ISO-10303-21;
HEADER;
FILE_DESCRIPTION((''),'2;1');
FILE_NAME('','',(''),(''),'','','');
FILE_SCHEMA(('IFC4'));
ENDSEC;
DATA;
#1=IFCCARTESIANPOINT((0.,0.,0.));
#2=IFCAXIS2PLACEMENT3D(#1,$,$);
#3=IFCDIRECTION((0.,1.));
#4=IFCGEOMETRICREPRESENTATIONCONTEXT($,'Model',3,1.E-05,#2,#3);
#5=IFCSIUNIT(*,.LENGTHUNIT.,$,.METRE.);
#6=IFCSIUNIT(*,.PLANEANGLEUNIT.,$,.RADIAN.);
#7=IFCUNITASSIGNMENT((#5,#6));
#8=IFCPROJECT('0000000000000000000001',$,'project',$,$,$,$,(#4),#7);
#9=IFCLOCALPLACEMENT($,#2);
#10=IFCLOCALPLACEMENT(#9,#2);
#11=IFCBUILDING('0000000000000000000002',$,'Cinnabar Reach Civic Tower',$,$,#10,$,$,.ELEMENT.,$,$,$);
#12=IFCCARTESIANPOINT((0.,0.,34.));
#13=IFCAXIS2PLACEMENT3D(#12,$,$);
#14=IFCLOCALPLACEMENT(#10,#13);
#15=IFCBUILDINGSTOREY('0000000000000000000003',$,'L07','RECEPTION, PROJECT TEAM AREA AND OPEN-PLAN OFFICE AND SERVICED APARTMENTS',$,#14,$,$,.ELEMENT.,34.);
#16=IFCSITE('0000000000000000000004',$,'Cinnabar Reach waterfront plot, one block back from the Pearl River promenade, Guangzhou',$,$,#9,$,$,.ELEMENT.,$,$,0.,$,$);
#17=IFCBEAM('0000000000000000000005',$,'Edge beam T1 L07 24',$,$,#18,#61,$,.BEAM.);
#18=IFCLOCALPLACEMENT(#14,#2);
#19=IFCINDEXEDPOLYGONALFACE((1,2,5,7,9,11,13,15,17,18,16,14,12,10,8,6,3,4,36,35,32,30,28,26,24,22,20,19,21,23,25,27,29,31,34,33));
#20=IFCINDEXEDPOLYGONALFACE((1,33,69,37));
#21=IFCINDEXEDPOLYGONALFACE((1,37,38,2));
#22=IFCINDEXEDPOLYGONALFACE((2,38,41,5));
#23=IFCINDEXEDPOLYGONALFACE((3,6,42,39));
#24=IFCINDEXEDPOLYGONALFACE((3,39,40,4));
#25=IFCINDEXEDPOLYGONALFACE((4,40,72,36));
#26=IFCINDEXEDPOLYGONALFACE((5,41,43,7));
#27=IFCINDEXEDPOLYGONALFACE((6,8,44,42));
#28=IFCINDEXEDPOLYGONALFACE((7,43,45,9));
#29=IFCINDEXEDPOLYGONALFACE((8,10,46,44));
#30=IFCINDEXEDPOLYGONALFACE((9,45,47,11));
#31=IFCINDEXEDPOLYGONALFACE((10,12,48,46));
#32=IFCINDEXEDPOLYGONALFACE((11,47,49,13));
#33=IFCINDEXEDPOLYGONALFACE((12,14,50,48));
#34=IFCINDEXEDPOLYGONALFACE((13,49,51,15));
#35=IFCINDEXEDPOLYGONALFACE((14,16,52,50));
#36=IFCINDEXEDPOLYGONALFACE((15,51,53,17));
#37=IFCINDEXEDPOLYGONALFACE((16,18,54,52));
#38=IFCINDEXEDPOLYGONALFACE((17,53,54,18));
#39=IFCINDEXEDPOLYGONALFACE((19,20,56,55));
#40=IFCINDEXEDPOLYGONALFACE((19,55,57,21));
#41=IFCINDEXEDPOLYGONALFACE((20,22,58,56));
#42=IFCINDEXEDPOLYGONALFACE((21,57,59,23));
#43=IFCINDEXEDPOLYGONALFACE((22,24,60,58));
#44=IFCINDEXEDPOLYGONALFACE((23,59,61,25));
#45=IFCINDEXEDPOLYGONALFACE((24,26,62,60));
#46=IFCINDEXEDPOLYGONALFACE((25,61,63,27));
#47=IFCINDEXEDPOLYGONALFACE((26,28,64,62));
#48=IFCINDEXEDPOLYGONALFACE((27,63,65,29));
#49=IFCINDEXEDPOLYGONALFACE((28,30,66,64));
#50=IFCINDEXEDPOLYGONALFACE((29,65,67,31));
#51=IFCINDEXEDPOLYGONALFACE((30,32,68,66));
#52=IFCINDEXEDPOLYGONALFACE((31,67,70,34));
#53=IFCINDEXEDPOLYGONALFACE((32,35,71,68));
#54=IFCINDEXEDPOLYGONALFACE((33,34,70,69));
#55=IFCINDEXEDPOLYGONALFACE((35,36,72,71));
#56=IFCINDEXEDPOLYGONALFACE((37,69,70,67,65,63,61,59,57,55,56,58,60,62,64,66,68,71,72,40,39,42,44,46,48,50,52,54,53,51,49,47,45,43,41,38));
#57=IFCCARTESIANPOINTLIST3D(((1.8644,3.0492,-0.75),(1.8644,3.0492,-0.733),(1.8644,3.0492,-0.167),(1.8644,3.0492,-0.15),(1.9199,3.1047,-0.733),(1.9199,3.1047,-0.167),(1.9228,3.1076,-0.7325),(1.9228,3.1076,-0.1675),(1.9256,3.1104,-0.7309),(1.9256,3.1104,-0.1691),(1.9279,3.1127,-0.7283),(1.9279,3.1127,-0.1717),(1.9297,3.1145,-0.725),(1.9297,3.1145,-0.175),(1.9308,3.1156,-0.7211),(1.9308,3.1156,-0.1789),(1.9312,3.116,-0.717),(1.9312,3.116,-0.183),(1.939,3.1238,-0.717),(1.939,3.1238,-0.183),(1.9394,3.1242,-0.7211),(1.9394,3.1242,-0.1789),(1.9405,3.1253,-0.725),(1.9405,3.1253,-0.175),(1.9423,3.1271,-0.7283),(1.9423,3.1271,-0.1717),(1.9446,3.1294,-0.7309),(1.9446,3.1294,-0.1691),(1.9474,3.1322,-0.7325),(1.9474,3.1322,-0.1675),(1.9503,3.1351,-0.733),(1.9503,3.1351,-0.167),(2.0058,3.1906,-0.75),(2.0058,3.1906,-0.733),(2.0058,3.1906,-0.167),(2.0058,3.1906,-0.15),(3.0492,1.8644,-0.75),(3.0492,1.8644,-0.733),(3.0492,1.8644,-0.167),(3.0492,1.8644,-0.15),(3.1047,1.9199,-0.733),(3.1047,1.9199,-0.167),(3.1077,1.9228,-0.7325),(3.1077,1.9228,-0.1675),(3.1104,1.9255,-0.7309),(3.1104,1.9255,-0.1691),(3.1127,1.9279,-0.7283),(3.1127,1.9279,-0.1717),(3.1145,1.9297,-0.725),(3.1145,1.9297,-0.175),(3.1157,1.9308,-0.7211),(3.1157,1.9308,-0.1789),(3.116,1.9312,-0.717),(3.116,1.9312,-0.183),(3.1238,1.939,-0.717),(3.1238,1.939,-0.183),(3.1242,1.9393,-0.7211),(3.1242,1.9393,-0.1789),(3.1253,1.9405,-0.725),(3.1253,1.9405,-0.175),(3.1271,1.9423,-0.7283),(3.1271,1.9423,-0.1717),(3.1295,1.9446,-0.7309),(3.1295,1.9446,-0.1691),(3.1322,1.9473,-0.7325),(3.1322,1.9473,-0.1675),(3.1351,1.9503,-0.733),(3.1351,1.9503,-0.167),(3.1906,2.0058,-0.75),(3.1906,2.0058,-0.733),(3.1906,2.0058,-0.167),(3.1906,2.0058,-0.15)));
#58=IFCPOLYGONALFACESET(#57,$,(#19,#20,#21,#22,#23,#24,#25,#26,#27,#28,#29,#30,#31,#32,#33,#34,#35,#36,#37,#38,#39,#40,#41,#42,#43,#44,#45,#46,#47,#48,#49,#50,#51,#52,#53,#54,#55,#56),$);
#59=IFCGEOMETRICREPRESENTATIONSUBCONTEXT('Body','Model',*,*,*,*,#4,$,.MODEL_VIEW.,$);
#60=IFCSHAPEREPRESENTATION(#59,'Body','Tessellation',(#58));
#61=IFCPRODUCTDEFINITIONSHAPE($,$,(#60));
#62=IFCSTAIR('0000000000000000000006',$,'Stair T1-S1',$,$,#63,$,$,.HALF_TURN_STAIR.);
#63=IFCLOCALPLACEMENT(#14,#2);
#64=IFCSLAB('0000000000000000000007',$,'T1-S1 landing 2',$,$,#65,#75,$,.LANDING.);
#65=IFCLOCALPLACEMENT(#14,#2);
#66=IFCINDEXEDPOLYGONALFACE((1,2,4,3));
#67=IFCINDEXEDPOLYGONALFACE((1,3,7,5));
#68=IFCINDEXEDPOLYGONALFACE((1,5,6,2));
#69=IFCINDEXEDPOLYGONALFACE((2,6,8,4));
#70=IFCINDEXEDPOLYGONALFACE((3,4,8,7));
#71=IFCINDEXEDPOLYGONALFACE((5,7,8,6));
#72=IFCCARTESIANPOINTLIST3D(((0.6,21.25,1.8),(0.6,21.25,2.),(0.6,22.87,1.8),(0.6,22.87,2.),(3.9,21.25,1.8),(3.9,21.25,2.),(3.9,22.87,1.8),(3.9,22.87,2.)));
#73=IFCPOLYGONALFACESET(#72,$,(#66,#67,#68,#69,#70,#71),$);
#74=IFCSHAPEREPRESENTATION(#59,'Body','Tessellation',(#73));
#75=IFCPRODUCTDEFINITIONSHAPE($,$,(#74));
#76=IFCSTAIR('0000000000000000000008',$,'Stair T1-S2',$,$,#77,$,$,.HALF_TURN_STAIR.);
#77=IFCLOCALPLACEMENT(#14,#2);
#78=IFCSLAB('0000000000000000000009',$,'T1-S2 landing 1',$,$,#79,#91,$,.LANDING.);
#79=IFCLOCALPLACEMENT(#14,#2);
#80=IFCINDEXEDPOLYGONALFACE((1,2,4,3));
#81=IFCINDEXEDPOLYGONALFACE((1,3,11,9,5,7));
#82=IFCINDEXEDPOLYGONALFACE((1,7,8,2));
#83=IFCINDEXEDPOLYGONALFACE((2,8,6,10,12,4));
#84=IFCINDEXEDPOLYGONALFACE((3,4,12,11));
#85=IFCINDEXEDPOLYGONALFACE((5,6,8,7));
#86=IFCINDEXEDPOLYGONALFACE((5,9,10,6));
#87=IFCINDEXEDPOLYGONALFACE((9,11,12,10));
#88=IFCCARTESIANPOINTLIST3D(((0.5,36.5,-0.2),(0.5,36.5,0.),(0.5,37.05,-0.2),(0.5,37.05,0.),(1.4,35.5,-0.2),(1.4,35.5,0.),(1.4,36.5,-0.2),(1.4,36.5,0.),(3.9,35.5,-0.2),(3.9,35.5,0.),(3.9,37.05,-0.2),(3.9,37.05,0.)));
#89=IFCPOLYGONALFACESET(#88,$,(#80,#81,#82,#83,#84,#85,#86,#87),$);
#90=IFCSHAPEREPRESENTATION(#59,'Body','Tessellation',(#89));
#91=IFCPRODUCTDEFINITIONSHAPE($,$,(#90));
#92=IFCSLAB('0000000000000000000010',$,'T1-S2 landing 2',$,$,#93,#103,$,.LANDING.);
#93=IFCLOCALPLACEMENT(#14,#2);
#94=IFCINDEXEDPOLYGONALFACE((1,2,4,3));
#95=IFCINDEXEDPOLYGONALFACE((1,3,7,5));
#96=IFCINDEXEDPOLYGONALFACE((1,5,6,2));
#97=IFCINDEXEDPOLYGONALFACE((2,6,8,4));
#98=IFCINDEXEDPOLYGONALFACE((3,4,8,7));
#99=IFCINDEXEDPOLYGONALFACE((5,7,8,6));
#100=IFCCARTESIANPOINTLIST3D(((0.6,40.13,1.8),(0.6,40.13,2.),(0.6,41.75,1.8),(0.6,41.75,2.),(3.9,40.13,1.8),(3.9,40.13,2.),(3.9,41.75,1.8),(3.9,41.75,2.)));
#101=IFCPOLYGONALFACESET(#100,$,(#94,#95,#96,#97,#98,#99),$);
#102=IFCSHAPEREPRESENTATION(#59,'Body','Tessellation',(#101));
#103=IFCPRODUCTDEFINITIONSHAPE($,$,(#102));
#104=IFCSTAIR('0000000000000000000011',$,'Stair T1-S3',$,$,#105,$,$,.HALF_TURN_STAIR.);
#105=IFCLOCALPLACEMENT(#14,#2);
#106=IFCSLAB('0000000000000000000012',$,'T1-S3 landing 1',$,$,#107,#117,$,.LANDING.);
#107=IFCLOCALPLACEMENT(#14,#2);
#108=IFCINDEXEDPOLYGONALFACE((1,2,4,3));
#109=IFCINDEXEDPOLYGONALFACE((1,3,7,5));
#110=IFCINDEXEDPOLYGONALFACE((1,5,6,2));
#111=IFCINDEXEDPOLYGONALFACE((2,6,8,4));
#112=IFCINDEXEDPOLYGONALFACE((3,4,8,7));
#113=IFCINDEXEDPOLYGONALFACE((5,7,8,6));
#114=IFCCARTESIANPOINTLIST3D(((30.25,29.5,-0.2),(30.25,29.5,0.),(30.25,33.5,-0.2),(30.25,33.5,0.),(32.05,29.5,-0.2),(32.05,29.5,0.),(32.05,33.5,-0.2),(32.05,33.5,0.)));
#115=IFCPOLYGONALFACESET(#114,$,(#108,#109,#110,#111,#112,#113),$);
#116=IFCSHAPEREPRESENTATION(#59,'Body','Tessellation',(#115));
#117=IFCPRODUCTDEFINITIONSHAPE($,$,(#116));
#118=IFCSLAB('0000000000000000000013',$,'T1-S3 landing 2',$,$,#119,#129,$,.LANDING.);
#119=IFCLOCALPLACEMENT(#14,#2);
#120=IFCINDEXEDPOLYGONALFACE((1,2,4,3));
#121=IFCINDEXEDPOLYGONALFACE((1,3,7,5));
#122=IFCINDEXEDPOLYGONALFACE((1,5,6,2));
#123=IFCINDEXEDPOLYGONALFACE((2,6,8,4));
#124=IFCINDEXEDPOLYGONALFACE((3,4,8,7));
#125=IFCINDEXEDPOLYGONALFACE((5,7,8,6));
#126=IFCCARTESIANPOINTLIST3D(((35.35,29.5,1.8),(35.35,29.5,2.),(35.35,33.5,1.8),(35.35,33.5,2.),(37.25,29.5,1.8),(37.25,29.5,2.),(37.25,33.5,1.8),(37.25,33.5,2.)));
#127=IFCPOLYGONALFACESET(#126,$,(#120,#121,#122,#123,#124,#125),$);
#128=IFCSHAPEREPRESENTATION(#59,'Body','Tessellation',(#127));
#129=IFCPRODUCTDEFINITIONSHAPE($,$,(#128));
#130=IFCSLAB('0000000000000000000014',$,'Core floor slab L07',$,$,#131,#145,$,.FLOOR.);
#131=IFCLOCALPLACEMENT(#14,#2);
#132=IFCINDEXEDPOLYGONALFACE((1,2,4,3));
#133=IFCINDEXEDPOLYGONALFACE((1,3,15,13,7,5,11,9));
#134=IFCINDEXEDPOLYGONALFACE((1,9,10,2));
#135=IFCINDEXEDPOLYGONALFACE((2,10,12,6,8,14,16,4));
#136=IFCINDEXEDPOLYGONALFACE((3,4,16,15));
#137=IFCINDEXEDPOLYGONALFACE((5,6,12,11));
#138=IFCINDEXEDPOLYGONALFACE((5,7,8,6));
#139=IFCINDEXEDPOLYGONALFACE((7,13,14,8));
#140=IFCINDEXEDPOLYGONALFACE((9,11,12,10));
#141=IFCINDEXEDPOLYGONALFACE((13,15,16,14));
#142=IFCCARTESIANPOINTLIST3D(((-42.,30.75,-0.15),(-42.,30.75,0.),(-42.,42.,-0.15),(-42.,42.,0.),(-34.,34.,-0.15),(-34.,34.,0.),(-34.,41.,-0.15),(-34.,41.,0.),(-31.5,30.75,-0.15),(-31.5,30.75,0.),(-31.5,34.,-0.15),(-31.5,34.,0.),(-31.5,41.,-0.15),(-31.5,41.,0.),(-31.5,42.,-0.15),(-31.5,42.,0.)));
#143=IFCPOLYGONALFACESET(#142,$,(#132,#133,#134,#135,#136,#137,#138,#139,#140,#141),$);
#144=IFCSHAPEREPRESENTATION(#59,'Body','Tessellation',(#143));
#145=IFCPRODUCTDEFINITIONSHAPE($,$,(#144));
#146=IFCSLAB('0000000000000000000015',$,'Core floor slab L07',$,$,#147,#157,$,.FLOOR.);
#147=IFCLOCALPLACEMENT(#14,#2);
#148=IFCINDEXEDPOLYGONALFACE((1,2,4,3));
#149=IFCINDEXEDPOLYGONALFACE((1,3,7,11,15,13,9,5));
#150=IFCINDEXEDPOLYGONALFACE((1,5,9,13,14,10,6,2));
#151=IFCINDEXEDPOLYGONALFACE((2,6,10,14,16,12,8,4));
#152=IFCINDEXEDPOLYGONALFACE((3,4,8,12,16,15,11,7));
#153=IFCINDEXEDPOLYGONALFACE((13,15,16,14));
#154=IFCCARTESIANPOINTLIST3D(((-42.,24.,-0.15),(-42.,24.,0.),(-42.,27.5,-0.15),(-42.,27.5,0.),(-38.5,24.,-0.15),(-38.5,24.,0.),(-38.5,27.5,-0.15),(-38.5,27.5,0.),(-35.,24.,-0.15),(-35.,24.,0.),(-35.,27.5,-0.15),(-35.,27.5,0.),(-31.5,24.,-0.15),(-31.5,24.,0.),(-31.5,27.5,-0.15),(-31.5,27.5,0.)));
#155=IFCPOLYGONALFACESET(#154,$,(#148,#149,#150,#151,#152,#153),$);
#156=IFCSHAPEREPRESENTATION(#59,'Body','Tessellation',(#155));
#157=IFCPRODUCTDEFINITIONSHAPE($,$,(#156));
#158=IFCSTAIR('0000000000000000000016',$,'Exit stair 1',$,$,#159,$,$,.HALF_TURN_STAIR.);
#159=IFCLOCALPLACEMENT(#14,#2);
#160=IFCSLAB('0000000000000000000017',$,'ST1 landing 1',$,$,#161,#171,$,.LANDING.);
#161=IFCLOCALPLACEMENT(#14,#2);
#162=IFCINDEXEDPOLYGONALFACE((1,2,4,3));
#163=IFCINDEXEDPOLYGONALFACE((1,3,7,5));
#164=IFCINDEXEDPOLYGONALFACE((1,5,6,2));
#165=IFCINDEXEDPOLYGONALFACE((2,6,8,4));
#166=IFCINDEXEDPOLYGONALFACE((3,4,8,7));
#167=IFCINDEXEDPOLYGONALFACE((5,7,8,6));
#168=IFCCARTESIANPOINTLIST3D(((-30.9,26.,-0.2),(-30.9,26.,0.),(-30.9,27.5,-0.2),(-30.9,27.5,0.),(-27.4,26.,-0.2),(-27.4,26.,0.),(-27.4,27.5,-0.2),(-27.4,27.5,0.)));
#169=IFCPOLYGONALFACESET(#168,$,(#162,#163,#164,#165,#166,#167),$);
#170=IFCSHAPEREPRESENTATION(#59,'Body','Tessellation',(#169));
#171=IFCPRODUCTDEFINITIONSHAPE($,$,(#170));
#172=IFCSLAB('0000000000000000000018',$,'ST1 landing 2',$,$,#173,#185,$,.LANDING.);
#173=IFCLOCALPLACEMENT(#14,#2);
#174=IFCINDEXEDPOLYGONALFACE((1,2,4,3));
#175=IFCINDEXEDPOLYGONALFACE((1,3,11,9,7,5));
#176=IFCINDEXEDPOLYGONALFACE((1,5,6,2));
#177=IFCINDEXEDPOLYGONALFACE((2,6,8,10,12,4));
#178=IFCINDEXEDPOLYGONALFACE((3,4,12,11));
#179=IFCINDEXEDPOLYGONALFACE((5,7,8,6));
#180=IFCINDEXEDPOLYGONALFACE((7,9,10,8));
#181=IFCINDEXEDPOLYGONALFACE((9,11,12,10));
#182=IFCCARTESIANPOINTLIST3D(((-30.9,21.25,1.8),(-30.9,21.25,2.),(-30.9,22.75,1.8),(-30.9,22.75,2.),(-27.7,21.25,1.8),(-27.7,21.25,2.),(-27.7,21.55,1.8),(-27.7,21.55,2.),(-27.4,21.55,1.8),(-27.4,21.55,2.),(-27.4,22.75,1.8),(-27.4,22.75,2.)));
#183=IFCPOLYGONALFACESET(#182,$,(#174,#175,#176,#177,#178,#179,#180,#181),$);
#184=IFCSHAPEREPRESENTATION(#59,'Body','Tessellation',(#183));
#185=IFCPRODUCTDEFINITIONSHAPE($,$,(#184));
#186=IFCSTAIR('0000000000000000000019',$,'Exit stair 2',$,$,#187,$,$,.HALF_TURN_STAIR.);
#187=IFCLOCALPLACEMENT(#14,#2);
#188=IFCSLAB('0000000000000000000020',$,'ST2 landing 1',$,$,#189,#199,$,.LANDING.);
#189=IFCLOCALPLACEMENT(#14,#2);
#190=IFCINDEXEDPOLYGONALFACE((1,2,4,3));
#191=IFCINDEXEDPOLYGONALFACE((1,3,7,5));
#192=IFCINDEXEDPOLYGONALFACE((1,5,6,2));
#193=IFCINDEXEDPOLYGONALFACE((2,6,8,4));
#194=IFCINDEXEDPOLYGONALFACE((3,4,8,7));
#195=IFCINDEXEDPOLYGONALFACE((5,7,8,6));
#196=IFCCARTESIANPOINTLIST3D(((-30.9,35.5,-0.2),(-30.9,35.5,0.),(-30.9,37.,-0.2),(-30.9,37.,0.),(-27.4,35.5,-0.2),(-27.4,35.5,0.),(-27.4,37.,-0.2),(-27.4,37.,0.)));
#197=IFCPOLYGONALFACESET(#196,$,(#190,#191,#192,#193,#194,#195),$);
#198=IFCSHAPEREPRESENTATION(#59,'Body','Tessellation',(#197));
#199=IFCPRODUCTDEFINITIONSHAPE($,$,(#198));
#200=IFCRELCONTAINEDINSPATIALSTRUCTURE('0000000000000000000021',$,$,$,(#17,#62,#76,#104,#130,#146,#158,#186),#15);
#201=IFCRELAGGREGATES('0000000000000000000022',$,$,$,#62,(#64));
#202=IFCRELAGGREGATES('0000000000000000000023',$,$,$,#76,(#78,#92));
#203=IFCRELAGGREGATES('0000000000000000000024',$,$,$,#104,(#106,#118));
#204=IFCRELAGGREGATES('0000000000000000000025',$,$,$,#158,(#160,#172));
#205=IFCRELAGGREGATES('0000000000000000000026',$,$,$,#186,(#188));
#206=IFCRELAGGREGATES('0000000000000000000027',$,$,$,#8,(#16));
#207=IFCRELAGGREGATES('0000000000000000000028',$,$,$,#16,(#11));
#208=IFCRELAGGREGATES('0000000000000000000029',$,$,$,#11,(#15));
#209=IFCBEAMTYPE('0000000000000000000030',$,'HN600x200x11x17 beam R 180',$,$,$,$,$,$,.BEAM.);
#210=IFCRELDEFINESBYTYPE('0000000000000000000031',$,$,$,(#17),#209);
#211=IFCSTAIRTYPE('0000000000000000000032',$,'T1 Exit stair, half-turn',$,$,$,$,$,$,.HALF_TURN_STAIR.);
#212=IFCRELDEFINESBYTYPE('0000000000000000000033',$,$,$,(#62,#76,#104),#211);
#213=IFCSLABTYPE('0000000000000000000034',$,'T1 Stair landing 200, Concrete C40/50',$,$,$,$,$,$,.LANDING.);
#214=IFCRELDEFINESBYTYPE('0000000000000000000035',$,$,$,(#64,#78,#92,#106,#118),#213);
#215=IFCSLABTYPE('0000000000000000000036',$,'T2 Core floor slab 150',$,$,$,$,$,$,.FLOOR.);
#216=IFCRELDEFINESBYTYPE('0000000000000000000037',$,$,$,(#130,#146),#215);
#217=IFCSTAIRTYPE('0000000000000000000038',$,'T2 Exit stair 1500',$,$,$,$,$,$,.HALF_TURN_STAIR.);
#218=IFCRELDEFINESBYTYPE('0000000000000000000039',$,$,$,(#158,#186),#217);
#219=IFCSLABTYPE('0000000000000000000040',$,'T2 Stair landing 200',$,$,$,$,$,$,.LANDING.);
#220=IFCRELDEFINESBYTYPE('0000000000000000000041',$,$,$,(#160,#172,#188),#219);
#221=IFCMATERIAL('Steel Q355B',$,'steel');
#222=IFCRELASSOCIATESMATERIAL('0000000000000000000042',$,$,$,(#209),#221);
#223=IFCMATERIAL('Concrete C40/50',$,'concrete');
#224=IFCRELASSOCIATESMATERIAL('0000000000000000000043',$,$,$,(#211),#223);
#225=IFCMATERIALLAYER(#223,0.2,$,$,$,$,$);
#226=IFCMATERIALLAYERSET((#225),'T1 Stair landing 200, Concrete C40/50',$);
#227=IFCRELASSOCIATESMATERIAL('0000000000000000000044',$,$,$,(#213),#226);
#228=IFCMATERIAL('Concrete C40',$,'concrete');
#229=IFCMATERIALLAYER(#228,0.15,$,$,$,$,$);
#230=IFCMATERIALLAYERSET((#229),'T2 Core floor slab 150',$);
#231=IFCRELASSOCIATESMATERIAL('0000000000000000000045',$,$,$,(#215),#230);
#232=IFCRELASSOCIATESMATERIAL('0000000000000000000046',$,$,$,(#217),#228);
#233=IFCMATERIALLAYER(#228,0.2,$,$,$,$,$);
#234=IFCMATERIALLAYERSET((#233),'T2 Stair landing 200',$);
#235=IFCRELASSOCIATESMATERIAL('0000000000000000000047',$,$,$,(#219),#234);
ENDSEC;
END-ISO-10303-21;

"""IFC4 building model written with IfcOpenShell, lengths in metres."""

from ifc_helpers import new_model, si_unit, direction, frame, origin, origin_2d, place, context, subcontext, project, spatial, polyline, i_section, outline, extrude, material, layer, layer_set, material_profile, profile_set, type_object, element, aggregate, save


model = new_model("IFC4")

# Units and contexts
model_context = context("Model", 3, precision=1e-05, world=origin(), true_north=direction((0.0, 1.0)))
body_context = subcontext(model_context, "Body", "Model", "MODEL_VIEW")
ifc_project = project(units=[si_unit("LENGTHUNIT", "METRE"), si_unit("PLANEANGLEUNIT", "RADIAN")], contexts=[model_context])

# Site, building, storey
site_placement = place(None, origin())
site = spatial("IfcSite", under=ifc_project, at=site_placement, Name="Cinnabar Reach waterfront plot, one block back from the Pearl River promenade, Guangzhou", CompositionType="ELEMENT", RefElevation=0.0)
building_placement = place(site_placement, origin())
building = spatial("IfcBuilding", under=site, at=building_placement, Name="Cinnabar Reach Civic Tower", CompositionType="ELEMENT")
storey_placement = place(building_placement, frame((0.0, 0.0, 34.0)))
storey = spatial("IfcBuildingStorey", under=building, at=storey_placement, Name="L07", Description="RECEPTION, PROJECT TEAM AREA AND OPEN-PLAN OFFICE AND SERVICED APARTMENTS", CompositionType="ELEMENT", Elevation=34.0)

# Beam
ifc_material_1 = material(Name="Steel Q355B", Category="steel")
ifc_material_profile = material_profile(ifc_material_1, i_section(OverallWidth=0.2, OverallDepth=0.6, WebThickness=0.011, FlangeThickness=0.017, FilletRadius=0.016, at=origin_2d()), Name="HN600x200x11x17")
ifc_profile_set = profile_set([ifc_material_profile], Name="Steel Q355B")
beam_type = type_object("IfcBeamType", Name="HN600x200x11x17 beam R 180", PredefinedType="BEAM", material=ifc_profile_set)
beam_placement = place(storey_placement, frame((1.9351, 3.1199, -0.45), z_axis=(0.707107, -0.707107, 0.0), x_axis=(0.707107, 0.707107, 0.0)))
element("IfcBeam", 1, at=beam_placement, inside=storey, type_object=beam_type, Name="Edge beam T1 L07 24", PredefinedType="BEAM", context=body_context, shape_type="SweptSolid", body=[
    extrude(i_section(OverallWidth=0.2, OverallDepth=0.6, WebThickness=0.011, FlangeThickness=0.017, FilletRadius=0.016, at=origin_2d()), origin(), (0.0, 0.0, 1.0), 1.6756),
])

# Stair, slab
ifc_material_2 = material(Name="Concrete C40/50", Category="concrete")
stair_type_1 = type_object("IfcStairType", Name="T1 Exit stair, half-turn", PredefinedType="HALF_TURN_STAIR", material=ifc_material_2)
stair_1_placement = place(storey_placement, origin())
stair_1 = element("IfcStair", 2, at=stair_1_placement, inside=storey, type_object=stair_type_1, Name="Stair T1-S1", PredefinedType="HALF_TURN_STAIR")
ifc_layer_1 = layer(ifc_material_2, 0.2)
ifc_layer_set_1 = layer_set([ifc_layer_1], Name="T1 Stair landing 200, Concrete C40/50")
slab_type_1 = type_object("IfcSlabType", Name="T1 Stair landing 200, Concrete C40/50", PredefinedType="LANDING", material=ifc_layer_set_1)
slab_1_placement = place(storey_placement, frame((0.0, 0.0, 1.8)))
slab_1 = element("IfcSlab", 3, at=slab_1_placement, type_object=slab_type_1, Name="T1-S1 landing 2", PredefinedType="LANDING", context=body_context, shape_type="SweptSolid", body=[
    extrude(outline(polyline([(0.6, 21.25), (0.6, 22.87), (3.9, 22.87), (3.9, 21.25), (0.6, 21.25)])), origin(), (0.0, 0.0, 1.0), 0.2),
])
aggregate(stair_1, [slab_1])

# Stairs, slabs
stair_2_placement = place(storey_placement, origin())
stair_2 = element("IfcStair", 4, at=stair_2_placement, inside=storey, type_object=stair_type_1, Name="Stair T1-S2", PredefinedType="HALF_TURN_STAIR")
slab_2_placement = place(storey_placement, frame((0.0, 0.0, -0.2)))
slab_2 = element("IfcSlab", 5, at=slab_2_placement, type_object=slab_type_1, Name="T1-S2 landing 1", PredefinedType="LANDING", context=body_context, shape_type="SweptSolid", body=[
    extrude(outline(polyline([(0.5, 37.05), (3.9, 37.05), (3.9, 35.5), (1.4, 35.5), (1.4, 36.5), (0.5, 36.5), (0.5, 37.05)])), origin(), (0.0, 0.0, 1.0), 0.2),
])
slab_3_placement = place(storey_placement, frame((0.0, 0.0, 1.8)))
slab_3 = element("IfcSlab", 6, at=slab_3_placement, type_object=slab_type_1, Name="T1-S2 landing 2", PredefinedType="LANDING", context=body_context, shape_type="SweptSolid", body=[
    extrude(outline(polyline([(0.6, 40.13), (0.6, 41.75), (3.9, 41.75), (3.9, 40.13), (0.6, 40.13)])), origin(), (0.0, 0.0, 1.0), 0.2),
])
aggregate(stair_2, [slab_2, slab_3])
stair_3_placement = place(storey_placement, origin())
stair_3 = element("IfcStair", 7, at=stair_3_placement, inside=storey, type_object=stair_type_1, Name="Stair T1-S3", PredefinedType="HALF_TURN_STAIR")
slab_4_placement = place(storey_placement, frame((0.0, 0.0, -0.2)))
slab_4 = element("IfcSlab", 8, at=slab_4_placement, type_object=slab_type_1, Name="T1-S3 landing 1", PredefinedType="LANDING", context=body_context, shape_type="SweptSolid", body=[
    extrude(outline(polyline([(30.25, 29.5), (32.05, 29.5), (32.05, 33.5), (30.25, 33.5), (30.25, 29.5)])), origin(), (0.0, 0.0, 1.0), 0.2),
])
slab_5_placement = place(storey_placement, frame((0.0, 0.0, 1.8)))
slab_5 = element("IfcSlab", 9, at=slab_5_placement, type_object=slab_type_1, Name="T1-S3 landing 2", PredefinedType="LANDING", context=body_context, shape_type="SweptSolid", body=[
    extrude(outline(polyline([(35.35, 29.5), (37.25, 29.5), (37.25, 33.5), (35.35, 33.5), (35.35, 29.5)])), origin(), (0.0, 0.0, 1.0), 0.2),
])
aggregate(stair_3, [slab_4, slab_5])

# Slabs
ifc_material_3 = material(Name="Concrete C40", Category="concrete")
ifc_layer_2 = layer(ifc_material_3, 0.15)
ifc_layer_set_2 = layer_set([ifc_layer_2], Name="T2 Core floor slab 150")
slab_type_2 = type_object("IfcSlabType", Name="T2 Core floor slab 150", PredefinedType="FLOOR", material=ifc_layer_set_2)
slab_6_placement = place(storey_placement, frame((0.0, 0.0, -0.15)))
element("IfcSlab", 10, at=slab_6_placement, inside=storey, type_object=slab_type_2, Name="Core floor slab L07", PredefinedType="FLOOR", context=body_context, shape_type="SweptSolid", body=[
    extrude(outline(polyline([(-42.0, 42.0), (-31.5, 42.0), (-31.5, 41.0), (-34.0, 41.0), (-34.0, 34.0), (-31.5, 34.0), (-31.5, 30.75), (-42.0, 30.75), (-42.0, 42.0)])), origin(), (0.0, 0.0, 1.0), 0.15),
])
slab_7_placement = place(storey_placement, frame((0.0, 0.0, -0.15)))
element("IfcSlab", 11, at=slab_7_placement, inside=storey, type_object=slab_type_2, Name="Core floor slab L07", PredefinedType="FLOOR", context=body_context, shape_type="SweptSolid", body=[
    extrude(outline(polyline([(-35.0, 24.0), (-38.5, 24.0), (-42.0, 24.0), (-42.0, 27.5), (-38.5, 27.5), (-35.0, 27.5), (-31.5, 27.5), (-31.5, 24.0), (-35.0, 24.0)])), origin(), (0.0, 0.0, 1.0), 0.15),
])

# Stairs, slabs
stair_type_2 = type_object("IfcStairType", Name="T2 Exit stair 1500", PredefinedType="HALF_TURN_STAIR", material=ifc_material_3)
stair_4_placement = place(storey_placement, origin())
stair_4 = element("IfcStair", 12, at=stair_4_placement, inside=storey, type_object=stair_type_2, Name="Exit stair 1", PredefinedType="HALF_TURN_STAIR")
ifc_layer_3 = layer(ifc_material_3, 0.2)
ifc_layer_set_3 = layer_set([ifc_layer_3], Name="T2 Stair landing 200")
slab_type_3 = type_object("IfcSlabType", Name="T2 Stair landing 200", PredefinedType="LANDING", material=ifc_layer_set_3)
slab_8_placement = place(storey_placement, frame((0.0, 0.0, -0.2)))
slab_8 = element("IfcSlab", 13, at=slab_8_placement, type_object=slab_type_3, Name="ST1 landing 1", PredefinedType="LANDING", context=body_context, shape_type="SweptSolid", body=[
    extrude(outline(polyline([(-30.9, 26.0), (-30.9, 27.5), (-27.4, 27.5), (-27.4, 26.0), (-30.9, 26.0)])), origin(), (0.0, 0.0, 1.0), 0.2),
])
slab_9_placement = place(storey_placement, frame((0.0, 0.0, 1.8)))
slab_9 = element("IfcSlab", 14, at=slab_9_placement, type_object=slab_type_3, Name="ST1 landing 2", PredefinedType="LANDING", context=body_context, shape_type="SweptSolid", body=[
    extrude(outline(polyline([(-30.9, 21.25), (-30.9, 22.75), (-27.4, 22.75), (-27.4, 21.55), (-27.7, 21.55), (-27.7, 21.25), (-30.9, 21.25)])), origin(), (0.0, 0.0, 1.0), 0.2),
])
aggregate(stair_4, [slab_8, slab_9])
stair_5_placement = place(storey_placement, origin())
stair_5 = element("IfcStair", 15, at=stair_5_placement, inside=storey, type_object=stair_type_2, Name="Exit stair 2", PredefinedType="HALF_TURN_STAIR")
slab_10_placement = place(storey_placement, frame((0.0, 0.0, -0.2)))
slab_10 = element("IfcSlab", 16, at=slab_10_placement, type_object=slab_type_3, Name="ST2 landing 1", PredefinedType="LANDING", context=body_context, shape_type="SweptSolid", body=[
    extrude(outline(polyline([(-30.9, 35.5), (-30.9, 37.0), (-27.4, 37.0), (-27.4, 35.5), (-30.9, 35.5)])), origin(), (0.0, 0.0, 1.0), 0.2),
])
aggregate(stair_5, [slab_10])

save(model, "model.ifc")
